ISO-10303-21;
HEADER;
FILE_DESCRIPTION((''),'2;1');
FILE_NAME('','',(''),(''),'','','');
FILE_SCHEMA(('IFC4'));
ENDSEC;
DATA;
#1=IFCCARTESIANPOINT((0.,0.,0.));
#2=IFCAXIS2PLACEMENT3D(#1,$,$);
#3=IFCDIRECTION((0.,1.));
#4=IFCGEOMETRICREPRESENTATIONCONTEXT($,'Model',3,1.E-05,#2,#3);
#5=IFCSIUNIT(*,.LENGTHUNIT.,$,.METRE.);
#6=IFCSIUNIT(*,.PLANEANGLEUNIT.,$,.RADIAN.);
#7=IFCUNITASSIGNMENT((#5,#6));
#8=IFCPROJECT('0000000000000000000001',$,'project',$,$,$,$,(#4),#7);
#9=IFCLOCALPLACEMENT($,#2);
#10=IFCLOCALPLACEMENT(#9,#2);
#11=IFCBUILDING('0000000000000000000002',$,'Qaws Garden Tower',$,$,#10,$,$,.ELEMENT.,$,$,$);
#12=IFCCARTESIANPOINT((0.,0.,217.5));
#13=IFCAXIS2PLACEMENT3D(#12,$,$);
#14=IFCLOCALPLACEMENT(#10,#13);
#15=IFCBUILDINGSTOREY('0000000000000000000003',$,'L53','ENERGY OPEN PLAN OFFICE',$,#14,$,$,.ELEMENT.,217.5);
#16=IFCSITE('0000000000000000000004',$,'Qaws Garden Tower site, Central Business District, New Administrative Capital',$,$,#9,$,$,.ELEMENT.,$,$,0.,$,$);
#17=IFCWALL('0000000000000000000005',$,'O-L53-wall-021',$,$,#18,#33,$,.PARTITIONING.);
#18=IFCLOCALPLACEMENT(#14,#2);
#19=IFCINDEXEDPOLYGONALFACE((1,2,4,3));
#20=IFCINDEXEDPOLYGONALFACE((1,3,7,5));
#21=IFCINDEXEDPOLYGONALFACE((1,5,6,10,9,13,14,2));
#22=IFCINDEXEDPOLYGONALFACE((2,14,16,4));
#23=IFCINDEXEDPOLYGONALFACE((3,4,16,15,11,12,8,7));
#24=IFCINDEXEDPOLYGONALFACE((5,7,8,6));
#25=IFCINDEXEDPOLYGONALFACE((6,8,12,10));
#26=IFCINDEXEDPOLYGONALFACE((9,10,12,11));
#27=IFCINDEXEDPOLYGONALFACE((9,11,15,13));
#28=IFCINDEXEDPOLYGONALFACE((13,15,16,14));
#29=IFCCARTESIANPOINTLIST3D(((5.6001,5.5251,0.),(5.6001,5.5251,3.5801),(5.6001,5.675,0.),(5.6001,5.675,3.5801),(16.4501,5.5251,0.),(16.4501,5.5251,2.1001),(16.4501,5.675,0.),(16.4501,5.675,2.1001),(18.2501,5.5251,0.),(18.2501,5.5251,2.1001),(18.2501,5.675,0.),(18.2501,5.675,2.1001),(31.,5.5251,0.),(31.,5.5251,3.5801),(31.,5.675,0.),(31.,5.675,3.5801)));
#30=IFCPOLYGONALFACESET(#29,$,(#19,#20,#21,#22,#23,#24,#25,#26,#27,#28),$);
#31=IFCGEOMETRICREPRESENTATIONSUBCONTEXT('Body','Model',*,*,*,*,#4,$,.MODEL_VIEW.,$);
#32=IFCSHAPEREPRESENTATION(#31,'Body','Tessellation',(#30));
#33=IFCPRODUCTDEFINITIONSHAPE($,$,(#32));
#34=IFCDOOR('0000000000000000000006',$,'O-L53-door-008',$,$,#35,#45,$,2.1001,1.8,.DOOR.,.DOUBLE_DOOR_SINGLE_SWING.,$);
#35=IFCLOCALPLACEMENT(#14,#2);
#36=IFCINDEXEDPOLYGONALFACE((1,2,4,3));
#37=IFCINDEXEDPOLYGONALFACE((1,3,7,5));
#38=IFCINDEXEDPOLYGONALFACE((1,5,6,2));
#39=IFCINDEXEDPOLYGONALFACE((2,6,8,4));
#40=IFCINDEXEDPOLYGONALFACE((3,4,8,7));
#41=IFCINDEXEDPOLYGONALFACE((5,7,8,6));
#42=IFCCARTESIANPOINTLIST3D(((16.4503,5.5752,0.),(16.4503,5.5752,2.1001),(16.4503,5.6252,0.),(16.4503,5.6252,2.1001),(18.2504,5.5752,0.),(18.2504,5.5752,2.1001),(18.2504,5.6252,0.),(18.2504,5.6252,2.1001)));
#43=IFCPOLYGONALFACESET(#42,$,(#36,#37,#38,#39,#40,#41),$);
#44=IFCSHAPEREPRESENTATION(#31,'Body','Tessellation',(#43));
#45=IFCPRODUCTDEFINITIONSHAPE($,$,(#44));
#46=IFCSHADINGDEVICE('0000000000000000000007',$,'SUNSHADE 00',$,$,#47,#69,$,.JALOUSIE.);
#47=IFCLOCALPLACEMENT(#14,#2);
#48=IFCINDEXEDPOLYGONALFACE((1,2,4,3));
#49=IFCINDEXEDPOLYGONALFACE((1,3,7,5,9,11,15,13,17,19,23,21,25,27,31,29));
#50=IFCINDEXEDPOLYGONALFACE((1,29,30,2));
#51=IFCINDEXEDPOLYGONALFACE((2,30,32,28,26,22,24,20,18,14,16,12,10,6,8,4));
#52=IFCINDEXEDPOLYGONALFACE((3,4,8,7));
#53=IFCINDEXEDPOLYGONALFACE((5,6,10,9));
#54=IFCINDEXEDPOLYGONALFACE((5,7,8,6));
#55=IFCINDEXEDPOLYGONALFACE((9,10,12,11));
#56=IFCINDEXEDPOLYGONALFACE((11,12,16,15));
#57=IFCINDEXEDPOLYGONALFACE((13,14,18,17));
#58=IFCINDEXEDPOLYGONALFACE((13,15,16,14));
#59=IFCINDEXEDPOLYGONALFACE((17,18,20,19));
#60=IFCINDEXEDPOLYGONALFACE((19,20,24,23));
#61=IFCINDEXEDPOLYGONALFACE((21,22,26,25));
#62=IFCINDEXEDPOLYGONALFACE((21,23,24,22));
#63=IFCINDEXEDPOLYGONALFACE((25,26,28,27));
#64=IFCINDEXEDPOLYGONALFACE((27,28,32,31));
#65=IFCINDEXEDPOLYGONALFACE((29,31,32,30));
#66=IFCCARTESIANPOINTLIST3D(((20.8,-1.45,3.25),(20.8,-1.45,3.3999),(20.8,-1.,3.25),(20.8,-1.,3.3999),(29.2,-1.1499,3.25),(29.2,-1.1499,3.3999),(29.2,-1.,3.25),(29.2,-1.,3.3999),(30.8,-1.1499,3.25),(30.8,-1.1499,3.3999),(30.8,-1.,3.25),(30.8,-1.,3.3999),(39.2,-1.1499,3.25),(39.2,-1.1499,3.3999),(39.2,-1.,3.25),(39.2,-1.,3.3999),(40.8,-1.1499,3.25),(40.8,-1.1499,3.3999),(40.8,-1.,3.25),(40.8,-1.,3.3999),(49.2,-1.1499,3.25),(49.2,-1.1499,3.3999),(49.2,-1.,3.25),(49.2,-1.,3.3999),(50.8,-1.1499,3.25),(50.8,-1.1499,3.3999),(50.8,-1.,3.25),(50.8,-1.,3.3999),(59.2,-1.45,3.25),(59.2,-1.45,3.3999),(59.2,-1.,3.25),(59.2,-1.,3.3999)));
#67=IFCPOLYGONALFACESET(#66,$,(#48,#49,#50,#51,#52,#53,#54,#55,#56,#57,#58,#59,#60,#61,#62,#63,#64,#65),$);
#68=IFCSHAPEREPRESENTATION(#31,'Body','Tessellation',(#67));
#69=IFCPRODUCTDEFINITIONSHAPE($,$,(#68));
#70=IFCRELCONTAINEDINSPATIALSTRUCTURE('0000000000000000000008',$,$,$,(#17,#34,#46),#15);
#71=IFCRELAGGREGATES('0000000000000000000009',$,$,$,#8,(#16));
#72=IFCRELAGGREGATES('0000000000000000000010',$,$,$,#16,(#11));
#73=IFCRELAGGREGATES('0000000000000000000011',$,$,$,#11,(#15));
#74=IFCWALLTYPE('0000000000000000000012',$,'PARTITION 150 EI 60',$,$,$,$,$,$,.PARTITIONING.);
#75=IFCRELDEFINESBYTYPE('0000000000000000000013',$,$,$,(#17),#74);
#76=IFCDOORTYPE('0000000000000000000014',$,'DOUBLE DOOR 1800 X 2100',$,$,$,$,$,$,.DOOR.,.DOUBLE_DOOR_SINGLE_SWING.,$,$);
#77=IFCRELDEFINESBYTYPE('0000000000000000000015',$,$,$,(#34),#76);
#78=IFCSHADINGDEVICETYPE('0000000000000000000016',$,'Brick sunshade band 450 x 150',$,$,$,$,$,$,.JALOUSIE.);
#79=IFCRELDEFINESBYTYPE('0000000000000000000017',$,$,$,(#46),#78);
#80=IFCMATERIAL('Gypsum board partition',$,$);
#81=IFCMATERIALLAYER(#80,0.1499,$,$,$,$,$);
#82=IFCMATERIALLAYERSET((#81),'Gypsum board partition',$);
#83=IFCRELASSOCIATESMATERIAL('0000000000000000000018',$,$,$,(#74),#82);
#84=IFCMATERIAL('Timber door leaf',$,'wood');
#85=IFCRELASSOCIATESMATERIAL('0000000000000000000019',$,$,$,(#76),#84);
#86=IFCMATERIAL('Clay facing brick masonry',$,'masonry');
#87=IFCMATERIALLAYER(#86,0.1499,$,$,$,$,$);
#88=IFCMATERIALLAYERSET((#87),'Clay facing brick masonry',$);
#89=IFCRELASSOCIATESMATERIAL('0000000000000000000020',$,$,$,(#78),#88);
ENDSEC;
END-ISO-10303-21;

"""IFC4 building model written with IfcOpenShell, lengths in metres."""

from ifc_helpers import new_model, si_unit, direction, frame, frame_2d, origin, place, context, subcontext, project, spatial, polyline, rectangle, outline, extrude, material, layer, layer_set, type_object, element, fill, save


model = new_model("IFC4")

# Units and contexts
model_context = context("Model", 3, precision=1e-05, world=origin(), true_north=direction((0.0, 1.0)))
body_context = subcontext(model_context, "Body", "Model", "MODEL_VIEW")
ifc_project = project(units=[si_unit("LENGTHUNIT", "METRE"), si_unit("PLANEANGLEUNIT", "RADIAN")], contexts=[model_context])

# Site, building, storey
site_placement = place(None, origin())
site = spatial("IfcSite", under=ifc_project, at=site_placement, Name="Qaws Garden Tower site, Central Business District, New Administrative Capital", CompositionType="ELEMENT", RefElevation=0.0)
building_placement = place(site_placement, origin())
building = spatial("IfcBuilding", under=site, at=building_placement, Name="Qaws Garden Tower", CompositionType="ELEMENT")
storey_placement = place(building_placement, frame((0.0, 0.0, 217.5)))
storey = spatial("IfcBuildingStorey", under=building, at=storey_placement, Name="L53", Description="ENERGY OPEN PLAN OFFICE", CompositionType="ELEMENT", Elevation=217.5)

# Shared definitions
ifc_material_1 = material(Name="Gypsum board partition")
ifc_layer_1 = layer(ifc_material_1, 0.1499)
ifc_layer_set_1 = layer_set([ifc_layer_1], Name="Gypsum board partition")
wall_type_1 = type_object("IfcWallType", Name="PARTITION 150 EI 60", PredefinedType="PARTITIONING", material=ifc_layer_set_1)
ifc_material_2 = material(Name="Timber door leaf", Category="wood")
door_type_1 = type_object("IfcDoorType", Name="DOUBLE DOOR 1800 X 2100", OperationType="DOUBLE_DOOR_SINGLE_SWING", PredefinedType="DOOR", material=ifc_material_2)

# Wall, opening, door
wall_1_placement = place(storey_placement, frame((5.6001, 5.6001, 0.0), z_axis=(0.0, 0.0, 1.0), x_axis=(1.0, 0.0, 0.0)))
wall_1 = element("IfcWall", 1, at=wall_1_placement, inside=storey, type_object=wall_type_1, Name="O-L53-wall-021", PredefinedType="PARTITIONING", context=body_context, shape_type="SweptSolid", body=[
    extrude(rectangle(XDim=25.3999, YDim=0.1499, at=frame_2d((12.7, 0.0))), origin(), (0.0, 0.0, 1.0), 3.5801),
])
opening_1_placement = place(wall_1_placement, frame((10.8501, 0.0, 0.0)))
opening_1 = element("IfcOpeningElement", 2, at=opening_1_placement, cuts=wall_1, PredefinedType="OPENING", context=body_context, shape_type="SweptSolid", body=[
    extrude(rectangle(XDim=1.8, YDim=2.1001, at=frame_2d((0.8999, 1.05))), frame((0.0, 0.085, 0.0), z_axis=(0.0, -1.0, 0.0), x_axis=(1.0, 0.0, 0.0)), (0.0, 0.0, 1.0), 0.1699),
])
door_1_placement = place(opening_1_placement, frame((1.8, 0.0, 0.0), z_axis=(0.0, 0.0, 1.0), x_axis=(-1.0, 0.0, 0.0)))
door_1 = element("IfcDoor", 3, at=door_1_placement, inside=storey, type_object=door_type_1, Name="O-L53-door-008", OperationType="DOUBLE_DOOR_SINGLE_SWING", OverallHeight=2.1001, OverallWidth=1.8, PredefinedType="DOOR", context=body_context, shape_type="SweptSolid", body=[
    extrude(rectangle(XDim=1.8, YDim=2.1001, at=frame_2d((0.8999, 1.05))), frame((0.0, 0.0249, 0.0), z_axis=(0.0, -1.0, 0.0), x_axis=(1.0, 0.0, 0.0)), (0.0, 0.0, 1.0), 0.05),
])
fill(opening_1, door_1)

# Shading device
ifc_material_3 = material(Name="Clay facing brick masonry", Category="masonry")
ifc_layer_2 = layer(ifc_material_3, 0.1499)
ifc_layer_set_2 = layer_set([ifc_layer_2], Name="Clay facing brick masonry")
shading_device_type = type_object("IfcShadingDeviceType", Name="Brick sunshade band 450 x 150", PredefinedType="JALOUSIE", material=ifc_layer_set_2)
shading_device_placement = place(storey_placement, frame((0.0, 0.0, 3.25)))
element("IfcShadingDevice", 4, at=shading_device_placement, inside=storey, type_object=shading_device_type, Name="SUNSHADE 00", PredefinedType="JALOUSIE", context=body_context, shape_type="SweptSolid", body=[
    extrude(outline(polyline([(20.8, -1.0), (20.8, -1.45), (59.2, -1.45), (59.2, -1.0), (50.8, -1.0), (50.8, -1.1499), (49.2, -1.1499), (49.2, -1.0), (40.8, -1.0), (40.8, -1.1499), (39.2, -1.1499), (39.2, -1.0), (30.8, -1.0), (30.8, -1.1499), (29.2, -1.1499), (29.2, -1.0), (20.8, -1.0)])), origin(), (0.0, 0.0, 1.0), 0.1499),
])

save(model, "model.ifc")
